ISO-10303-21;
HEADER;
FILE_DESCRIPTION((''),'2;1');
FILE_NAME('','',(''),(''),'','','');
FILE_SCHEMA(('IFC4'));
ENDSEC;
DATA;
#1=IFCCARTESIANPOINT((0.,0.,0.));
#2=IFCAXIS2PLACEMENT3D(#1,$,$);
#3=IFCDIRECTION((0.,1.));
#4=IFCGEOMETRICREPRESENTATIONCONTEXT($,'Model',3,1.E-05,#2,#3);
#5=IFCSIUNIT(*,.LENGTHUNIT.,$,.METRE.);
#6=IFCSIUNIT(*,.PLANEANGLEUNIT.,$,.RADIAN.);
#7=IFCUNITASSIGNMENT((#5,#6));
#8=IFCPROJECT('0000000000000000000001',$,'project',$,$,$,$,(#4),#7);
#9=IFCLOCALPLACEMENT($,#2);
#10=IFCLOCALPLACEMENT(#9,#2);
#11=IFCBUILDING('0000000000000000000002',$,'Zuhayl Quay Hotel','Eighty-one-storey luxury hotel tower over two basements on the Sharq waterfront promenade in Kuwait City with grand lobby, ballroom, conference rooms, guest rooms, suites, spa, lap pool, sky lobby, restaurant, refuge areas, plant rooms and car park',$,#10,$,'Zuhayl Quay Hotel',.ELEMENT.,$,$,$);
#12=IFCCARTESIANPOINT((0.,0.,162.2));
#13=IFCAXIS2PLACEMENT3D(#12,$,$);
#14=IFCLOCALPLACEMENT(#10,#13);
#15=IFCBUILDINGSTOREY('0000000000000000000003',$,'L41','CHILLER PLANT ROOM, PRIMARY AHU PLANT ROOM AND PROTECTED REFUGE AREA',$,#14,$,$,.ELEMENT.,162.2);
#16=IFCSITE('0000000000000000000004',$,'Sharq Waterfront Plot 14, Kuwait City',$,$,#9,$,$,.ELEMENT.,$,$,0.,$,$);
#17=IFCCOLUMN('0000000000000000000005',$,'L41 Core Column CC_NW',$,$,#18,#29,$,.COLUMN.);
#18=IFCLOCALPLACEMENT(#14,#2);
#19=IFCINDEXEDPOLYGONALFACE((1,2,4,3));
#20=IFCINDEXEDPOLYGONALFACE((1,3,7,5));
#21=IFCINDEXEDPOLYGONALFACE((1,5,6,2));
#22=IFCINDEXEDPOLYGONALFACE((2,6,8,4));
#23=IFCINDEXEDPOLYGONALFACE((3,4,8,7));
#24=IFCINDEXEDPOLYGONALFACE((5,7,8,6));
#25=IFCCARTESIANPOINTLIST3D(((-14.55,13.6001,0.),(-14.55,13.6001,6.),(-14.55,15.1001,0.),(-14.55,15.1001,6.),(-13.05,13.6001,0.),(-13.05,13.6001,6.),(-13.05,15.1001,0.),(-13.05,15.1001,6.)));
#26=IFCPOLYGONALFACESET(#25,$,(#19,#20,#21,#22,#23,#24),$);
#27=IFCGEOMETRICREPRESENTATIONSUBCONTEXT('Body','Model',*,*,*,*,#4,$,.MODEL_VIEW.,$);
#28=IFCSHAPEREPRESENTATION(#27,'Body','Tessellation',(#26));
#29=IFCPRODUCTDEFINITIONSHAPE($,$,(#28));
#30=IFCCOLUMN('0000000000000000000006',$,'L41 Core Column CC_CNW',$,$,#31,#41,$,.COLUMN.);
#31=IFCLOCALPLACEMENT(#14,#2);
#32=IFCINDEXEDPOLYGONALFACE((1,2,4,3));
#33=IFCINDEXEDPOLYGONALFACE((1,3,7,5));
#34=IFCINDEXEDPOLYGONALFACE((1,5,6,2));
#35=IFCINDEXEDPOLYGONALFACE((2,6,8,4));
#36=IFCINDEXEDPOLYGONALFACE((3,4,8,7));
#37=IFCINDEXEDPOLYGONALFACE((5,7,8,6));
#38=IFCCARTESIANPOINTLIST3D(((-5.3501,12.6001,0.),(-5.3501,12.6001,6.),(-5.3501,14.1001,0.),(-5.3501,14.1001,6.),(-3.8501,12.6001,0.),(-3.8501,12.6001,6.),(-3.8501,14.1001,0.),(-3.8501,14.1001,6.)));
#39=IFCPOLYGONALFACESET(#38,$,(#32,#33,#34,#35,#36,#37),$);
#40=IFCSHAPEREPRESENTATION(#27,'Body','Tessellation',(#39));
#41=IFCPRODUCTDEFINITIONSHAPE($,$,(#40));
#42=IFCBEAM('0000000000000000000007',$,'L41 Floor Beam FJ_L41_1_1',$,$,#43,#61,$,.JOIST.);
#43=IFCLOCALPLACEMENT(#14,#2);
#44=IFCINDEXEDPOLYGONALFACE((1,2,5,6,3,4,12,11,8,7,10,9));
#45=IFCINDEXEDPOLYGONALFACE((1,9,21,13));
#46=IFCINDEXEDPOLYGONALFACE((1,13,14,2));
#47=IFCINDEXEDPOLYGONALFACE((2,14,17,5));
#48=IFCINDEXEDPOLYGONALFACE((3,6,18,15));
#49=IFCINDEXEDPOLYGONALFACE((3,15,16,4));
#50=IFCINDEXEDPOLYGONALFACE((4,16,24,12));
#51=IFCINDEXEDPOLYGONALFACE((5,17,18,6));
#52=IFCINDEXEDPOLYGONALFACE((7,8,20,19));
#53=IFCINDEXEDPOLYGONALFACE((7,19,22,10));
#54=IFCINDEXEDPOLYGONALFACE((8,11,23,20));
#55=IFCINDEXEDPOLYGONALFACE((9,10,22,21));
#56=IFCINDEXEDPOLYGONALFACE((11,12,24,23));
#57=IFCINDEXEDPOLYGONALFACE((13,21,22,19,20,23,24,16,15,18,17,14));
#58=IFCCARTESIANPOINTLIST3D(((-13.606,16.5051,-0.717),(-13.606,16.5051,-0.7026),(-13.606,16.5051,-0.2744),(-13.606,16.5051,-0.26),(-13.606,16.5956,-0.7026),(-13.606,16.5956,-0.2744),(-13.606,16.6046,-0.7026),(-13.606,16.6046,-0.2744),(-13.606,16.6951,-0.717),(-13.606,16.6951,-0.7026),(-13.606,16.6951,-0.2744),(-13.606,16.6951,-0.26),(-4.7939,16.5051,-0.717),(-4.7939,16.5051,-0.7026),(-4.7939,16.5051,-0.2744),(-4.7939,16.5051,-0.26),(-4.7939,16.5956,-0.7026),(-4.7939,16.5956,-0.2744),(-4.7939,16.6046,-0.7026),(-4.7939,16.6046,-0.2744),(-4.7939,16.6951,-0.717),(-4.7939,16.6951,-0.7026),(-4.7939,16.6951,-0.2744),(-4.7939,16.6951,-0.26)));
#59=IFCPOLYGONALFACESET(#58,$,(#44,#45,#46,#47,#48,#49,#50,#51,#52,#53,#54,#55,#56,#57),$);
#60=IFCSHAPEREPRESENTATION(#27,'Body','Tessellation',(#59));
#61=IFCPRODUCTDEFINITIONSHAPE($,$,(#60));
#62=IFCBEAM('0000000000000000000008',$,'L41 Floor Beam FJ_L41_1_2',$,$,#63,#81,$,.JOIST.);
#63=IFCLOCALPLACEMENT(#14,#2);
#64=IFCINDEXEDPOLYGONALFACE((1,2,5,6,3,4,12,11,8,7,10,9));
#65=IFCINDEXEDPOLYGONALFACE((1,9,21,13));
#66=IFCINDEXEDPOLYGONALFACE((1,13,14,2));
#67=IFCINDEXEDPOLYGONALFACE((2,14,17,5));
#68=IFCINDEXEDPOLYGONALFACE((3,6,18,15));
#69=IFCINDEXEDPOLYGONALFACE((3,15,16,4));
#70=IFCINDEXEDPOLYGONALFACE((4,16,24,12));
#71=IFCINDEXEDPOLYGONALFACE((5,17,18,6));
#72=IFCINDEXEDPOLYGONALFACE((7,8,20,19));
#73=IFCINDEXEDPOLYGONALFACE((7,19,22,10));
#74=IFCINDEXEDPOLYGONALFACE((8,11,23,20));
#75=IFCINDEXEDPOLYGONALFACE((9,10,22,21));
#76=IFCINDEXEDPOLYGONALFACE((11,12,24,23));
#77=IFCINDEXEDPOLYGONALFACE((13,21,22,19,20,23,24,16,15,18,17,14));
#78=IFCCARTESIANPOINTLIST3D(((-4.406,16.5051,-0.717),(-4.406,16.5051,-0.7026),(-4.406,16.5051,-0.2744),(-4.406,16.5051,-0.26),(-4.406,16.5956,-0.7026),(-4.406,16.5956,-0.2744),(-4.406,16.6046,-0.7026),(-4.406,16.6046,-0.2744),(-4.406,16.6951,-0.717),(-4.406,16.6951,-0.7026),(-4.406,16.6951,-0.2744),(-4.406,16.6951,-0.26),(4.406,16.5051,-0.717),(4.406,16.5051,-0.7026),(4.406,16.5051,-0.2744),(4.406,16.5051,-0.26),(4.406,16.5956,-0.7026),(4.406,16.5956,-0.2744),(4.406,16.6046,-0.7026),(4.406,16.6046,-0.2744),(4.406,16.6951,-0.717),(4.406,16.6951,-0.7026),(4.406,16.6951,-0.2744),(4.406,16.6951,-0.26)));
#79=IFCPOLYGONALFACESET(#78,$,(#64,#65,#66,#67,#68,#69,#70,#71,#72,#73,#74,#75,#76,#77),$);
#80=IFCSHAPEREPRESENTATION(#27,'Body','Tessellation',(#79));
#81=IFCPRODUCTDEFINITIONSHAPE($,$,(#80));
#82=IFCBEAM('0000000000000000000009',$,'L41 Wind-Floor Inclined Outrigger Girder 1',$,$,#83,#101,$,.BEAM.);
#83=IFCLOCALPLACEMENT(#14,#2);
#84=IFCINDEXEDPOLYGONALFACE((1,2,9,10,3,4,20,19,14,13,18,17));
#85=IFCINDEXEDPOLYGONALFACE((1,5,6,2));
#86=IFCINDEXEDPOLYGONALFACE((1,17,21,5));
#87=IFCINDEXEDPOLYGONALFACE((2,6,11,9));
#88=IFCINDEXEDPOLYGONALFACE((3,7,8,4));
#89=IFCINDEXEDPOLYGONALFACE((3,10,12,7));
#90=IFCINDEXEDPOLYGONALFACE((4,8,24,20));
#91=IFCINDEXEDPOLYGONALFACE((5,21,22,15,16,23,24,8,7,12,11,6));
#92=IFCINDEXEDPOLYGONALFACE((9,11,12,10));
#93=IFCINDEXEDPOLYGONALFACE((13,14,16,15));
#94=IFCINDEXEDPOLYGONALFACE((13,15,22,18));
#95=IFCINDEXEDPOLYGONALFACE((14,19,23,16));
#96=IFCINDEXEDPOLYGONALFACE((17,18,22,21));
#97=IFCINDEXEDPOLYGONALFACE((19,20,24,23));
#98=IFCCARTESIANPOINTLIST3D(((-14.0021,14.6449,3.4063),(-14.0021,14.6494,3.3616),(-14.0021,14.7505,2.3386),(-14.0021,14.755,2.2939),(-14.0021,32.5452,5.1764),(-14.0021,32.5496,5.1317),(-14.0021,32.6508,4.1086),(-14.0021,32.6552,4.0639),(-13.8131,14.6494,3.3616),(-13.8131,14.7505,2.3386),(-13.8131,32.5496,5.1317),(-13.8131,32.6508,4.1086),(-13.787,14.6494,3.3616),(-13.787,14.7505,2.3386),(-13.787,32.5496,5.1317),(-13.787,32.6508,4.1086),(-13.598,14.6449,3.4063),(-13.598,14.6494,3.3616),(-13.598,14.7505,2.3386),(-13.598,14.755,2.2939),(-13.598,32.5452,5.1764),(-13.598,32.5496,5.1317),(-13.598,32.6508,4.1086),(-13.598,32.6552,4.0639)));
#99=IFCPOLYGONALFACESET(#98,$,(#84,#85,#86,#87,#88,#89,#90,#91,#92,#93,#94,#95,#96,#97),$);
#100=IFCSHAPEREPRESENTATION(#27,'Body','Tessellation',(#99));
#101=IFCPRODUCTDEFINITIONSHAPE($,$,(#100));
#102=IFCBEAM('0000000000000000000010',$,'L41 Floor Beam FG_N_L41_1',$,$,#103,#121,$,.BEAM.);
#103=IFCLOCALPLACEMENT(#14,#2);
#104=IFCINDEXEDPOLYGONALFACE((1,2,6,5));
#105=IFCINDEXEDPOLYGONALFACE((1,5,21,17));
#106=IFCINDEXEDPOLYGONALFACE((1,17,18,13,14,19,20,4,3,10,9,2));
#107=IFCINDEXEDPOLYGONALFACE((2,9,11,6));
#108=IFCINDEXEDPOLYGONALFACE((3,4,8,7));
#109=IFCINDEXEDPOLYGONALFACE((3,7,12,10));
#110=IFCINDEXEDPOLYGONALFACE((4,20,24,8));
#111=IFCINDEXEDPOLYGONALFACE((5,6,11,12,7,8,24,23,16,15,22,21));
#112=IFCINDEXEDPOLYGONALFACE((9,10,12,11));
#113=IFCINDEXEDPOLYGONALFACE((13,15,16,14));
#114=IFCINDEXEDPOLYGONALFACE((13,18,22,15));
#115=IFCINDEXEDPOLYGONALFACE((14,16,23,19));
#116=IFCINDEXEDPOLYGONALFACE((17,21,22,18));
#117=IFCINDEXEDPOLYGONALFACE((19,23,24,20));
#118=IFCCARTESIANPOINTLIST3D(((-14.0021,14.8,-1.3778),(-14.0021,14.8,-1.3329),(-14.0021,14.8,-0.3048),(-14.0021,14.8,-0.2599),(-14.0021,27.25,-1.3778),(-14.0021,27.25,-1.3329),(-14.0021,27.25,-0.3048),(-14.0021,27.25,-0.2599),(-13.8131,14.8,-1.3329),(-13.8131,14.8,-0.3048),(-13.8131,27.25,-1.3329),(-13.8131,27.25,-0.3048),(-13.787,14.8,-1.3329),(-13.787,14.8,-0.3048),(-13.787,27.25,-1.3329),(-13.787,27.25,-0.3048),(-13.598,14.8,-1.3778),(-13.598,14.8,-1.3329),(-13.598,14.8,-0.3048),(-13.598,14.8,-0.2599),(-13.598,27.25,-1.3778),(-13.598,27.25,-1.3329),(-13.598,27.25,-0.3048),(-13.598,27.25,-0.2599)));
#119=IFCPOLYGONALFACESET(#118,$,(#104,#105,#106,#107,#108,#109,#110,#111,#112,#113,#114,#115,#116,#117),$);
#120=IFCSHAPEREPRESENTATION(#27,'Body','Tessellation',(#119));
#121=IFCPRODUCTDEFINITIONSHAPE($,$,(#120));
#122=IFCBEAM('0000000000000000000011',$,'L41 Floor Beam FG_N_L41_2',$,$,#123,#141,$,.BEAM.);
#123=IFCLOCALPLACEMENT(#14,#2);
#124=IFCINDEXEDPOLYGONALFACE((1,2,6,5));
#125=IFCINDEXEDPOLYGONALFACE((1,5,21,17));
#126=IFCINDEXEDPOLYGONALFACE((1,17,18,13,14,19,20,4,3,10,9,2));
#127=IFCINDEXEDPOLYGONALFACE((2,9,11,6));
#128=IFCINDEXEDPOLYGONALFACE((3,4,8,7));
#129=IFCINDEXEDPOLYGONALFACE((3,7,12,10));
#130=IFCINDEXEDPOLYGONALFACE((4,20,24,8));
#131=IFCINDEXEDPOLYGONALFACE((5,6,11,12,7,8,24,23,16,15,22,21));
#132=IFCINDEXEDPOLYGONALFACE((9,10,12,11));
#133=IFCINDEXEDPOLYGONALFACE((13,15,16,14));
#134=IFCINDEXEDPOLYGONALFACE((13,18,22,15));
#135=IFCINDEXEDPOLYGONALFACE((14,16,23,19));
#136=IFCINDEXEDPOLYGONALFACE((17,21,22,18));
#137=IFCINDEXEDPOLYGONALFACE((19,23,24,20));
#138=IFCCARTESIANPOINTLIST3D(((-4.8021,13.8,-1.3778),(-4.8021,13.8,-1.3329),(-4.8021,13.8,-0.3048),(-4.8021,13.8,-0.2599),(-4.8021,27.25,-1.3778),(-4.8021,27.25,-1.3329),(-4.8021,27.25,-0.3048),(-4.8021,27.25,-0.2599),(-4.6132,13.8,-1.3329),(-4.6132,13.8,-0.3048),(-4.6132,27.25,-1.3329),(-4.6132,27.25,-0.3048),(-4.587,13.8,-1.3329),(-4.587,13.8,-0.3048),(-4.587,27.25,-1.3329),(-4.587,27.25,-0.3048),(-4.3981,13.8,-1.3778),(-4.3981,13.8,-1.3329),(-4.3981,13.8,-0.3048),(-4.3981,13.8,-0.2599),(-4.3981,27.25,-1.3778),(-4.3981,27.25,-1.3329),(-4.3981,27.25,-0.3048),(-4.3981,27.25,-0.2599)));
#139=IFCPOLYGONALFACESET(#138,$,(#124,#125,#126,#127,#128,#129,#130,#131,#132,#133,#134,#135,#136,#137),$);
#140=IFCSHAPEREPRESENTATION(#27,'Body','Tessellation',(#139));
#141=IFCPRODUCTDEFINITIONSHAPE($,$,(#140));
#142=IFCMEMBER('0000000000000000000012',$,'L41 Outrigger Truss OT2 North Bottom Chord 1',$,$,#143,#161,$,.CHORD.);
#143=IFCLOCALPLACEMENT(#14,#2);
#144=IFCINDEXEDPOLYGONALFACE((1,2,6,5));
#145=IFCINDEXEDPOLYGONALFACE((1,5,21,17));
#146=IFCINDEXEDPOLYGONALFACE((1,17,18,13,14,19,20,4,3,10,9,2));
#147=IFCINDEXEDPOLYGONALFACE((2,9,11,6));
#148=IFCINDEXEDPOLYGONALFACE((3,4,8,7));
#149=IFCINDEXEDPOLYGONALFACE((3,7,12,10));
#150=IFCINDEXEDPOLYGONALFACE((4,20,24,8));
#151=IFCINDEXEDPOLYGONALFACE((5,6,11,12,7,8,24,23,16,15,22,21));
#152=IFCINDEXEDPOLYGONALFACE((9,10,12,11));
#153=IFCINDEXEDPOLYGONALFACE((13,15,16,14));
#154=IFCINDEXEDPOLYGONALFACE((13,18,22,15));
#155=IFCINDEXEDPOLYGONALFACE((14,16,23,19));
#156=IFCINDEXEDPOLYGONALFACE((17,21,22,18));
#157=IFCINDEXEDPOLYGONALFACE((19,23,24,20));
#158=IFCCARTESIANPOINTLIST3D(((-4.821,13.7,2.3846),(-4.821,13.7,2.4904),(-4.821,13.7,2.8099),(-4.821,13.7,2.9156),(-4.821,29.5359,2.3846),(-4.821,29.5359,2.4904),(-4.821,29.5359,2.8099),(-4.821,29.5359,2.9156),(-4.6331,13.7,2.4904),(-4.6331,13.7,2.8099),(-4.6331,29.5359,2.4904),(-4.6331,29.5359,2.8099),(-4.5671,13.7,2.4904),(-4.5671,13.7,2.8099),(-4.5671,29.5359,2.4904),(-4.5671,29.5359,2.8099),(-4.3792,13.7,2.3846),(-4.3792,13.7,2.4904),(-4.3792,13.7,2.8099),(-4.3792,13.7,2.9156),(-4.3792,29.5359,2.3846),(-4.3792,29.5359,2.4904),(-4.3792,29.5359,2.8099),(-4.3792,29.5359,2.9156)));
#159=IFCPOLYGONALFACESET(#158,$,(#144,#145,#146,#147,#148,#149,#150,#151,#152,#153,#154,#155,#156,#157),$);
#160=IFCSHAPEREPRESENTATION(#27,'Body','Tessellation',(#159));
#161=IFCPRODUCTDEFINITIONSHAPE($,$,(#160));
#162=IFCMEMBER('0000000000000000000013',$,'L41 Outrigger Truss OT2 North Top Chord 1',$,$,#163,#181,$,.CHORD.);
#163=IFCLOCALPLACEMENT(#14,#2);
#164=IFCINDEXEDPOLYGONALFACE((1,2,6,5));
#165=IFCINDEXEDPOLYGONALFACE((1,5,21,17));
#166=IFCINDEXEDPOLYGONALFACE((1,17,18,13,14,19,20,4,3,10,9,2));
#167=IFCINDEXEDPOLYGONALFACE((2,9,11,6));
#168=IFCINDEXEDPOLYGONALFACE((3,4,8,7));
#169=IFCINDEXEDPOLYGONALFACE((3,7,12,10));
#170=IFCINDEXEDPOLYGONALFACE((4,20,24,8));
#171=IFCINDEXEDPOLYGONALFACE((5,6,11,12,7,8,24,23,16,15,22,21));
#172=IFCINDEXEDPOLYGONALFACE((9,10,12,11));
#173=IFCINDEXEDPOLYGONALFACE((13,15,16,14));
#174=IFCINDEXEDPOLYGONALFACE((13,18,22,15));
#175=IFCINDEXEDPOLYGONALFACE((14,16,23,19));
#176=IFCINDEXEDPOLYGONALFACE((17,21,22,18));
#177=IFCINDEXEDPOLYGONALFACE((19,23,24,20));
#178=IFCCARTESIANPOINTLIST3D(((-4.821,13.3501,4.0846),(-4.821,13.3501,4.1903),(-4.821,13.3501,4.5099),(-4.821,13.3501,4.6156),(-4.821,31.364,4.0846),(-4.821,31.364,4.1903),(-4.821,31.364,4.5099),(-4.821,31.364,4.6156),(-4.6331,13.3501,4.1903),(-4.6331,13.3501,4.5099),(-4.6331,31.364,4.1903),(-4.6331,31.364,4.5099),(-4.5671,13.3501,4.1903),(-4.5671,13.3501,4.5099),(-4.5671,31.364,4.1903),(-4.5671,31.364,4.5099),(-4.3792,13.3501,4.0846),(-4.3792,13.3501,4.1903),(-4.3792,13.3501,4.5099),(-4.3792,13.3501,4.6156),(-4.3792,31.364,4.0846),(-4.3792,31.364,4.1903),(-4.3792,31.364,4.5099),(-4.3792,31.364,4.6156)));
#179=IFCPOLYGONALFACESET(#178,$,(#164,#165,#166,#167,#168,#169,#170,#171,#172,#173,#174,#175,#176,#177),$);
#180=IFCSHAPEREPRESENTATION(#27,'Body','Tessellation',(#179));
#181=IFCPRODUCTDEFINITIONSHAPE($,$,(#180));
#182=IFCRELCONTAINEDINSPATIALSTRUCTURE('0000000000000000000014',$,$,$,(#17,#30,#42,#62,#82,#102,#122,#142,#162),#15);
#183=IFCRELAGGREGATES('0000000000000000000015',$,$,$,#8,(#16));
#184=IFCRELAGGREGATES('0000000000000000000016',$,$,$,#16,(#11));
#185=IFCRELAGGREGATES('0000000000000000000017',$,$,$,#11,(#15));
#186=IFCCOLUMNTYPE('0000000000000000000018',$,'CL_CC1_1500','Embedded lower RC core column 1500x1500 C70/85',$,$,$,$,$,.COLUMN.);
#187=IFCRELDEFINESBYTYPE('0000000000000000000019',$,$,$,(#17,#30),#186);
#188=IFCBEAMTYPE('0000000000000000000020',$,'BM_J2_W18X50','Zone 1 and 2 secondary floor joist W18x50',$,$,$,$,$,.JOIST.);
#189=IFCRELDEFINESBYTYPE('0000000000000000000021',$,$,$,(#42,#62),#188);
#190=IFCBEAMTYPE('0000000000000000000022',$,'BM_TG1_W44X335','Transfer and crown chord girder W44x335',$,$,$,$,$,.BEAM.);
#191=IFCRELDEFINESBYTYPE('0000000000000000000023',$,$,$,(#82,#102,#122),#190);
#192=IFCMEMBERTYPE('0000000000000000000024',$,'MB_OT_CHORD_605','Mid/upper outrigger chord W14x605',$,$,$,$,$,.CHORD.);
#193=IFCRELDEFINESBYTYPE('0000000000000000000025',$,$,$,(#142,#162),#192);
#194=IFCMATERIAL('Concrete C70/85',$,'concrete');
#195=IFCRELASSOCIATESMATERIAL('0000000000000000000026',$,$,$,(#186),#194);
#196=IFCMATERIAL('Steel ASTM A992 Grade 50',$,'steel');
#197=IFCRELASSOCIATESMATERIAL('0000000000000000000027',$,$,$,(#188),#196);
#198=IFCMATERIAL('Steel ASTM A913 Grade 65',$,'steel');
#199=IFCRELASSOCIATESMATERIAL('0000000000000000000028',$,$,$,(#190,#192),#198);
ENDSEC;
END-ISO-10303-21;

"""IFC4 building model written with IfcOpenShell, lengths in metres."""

from ifc_helpers import new_model, si_unit, direction, frame, origin, origin_2d, place, context, subcontext, project, spatial, rectangle, i_section, extrude, material, material_profile, profile_set, type_object, element, save


model = new_model("IFC4")

# Units and contexts
model_context = context("Model", 3, precision=1e-05, world=origin(), true_north=direction((0.0, 1.0)))
body_context = subcontext(model_context, "Body", "Model", "MODEL_VIEW")
ifc_project = project(units=[si_unit("LENGTHUNIT", "METRE"), si_unit("PLANEANGLEUNIT", "RADIAN")], contexts=[model_context])

# Site, building, storey
site_placement = place(None, origin())
site = spatial("IfcSite", under=ifc_project, at=site_placement, Name="Sharq Waterfront Plot 14, Kuwait City", CompositionType="ELEMENT", RefElevation=0.0)
building_placement = place(site_placement, origin())
building = spatial("IfcBuilding", under=site, at=building_placement, Name="Zuhayl Quay Hotel", Description="Eighty-one-storey luxury hotel tower over two basements on the Sharq waterfront promenade in Kuwait City with grand lobby, ballroom, conference rooms, guest rooms, suites, spa, lap pool, sky lobby, restaurant, refuge areas, plant rooms and car park", LongName="Zuhayl Quay Hotel", CompositionType="ELEMENT")
storey_placement = place(building_placement, frame((0.0, 0.0, 162.2)))
storey = spatial("IfcBuildingStorey", under=building, at=storey_placement, Name="L41", Description="CHILLER PLANT ROOM, PRIMARY AHU PLANT ROOM AND PROTECTED REFUGE AREA", CompositionType="ELEMENT", Elevation=162.2)

# Columns
ifc_material_1 = material(Name="Concrete C70/85", Category="concrete")
ifc_material_profile_1 = material_profile(ifc_material_1, rectangle(XDim=1.5, YDim=1.5, at=origin_2d()), Name="RC1500X1500")
ifc_profile_set_1 = profile_set([ifc_material_profile_1], Name="Concrete C70/85")
column_type = type_object("IfcColumnType", Name="CL_CC1_1500", Description="Embedded lower RC core column 1500x1500 C70/85", PredefinedType="COLUMN", material=ifc_profile_set_1)
for number, where, z_axis, x_axis, name in (
    (1, (-13.8, 14.3501, 0.0), (0.0, 0.0, 1.0), (1.0, 0.0, 0.0), "L41 Core Column CC_NW"),
    (2, (-4.6001, 13.3501, 0.0), (0.0, 0.0, 1.0), (1.0, 0.0, 0.0), "L41 Core Column CC_CNW"),
):
    element("IfcColumn", number, at=place(storey_placement, frame(where, z_axis=z_axis, x_axis=x_axis)), inside=storey, type_object=column_type, Name=name, PredefinedType="COLUMN", context=body_context, shape_type="SweptSolid", body=[
        extrude(rectangle(XDim=1.5, YDim=1.5, at=origin_2d()), origin(), (0.0, 0.0, 1.0), 6.0),
    ])

# Beams
ifc_material_2 = material(Name="Steel ASTM A992 Grade 50", Category="steel")
ifc_material_profile_2 = material_profile(ifc_material_2, i_section(OverallWidth=0.1899, OverallDepth=0.457, WebThickness=0.009, FlangeThickness=0.0144, at=origin_2d()), Name="W18X50")
ifc_profile_set_2 = profile_set([ifc_material_profile_2], Name="Steel ASTM A992 Grade 50")
beam_type_1 = type_object("IfcBeamType", Name="BM_J2_W18X50", Description="Zone 1 and 2 secondary floor joist W18x50", PredefinedType="JOIST", material=ifc_profile_set_2)
for number, where, z_axis, x_axis, name in (
    (3, (-13.606, 16.6001, -0.4885), (1.0, 0.0, 0.0), (0.0, 1.0, 0.0), "L41 Floor Beam FJ_L41_1_1"),
    (4, (-4.406, 16.6001, -0.4885), (1.0, 0.0, 0.0), (0.0, 1.0, 0.0), "L41 Floor Beam FJ_L41_1_2"),
):
    element("IfcBeam", number, at=place(storey_placement, frame(where, z_axis=z_axis, x_axis=x_axis)), inside=storey, type_object=beam_type_1, Name=name, PredefinedType="JOIST", context=body_context, shape_type="SweptSolid", body=[
        extrude(i_section(OverallWidth=0.1899, OverallDepth=0.457, WebThickness=0.009, FlangeThickness=0.0144, at=origin_2d()), origin(), (0.0, 0.0, 1.0), 8.812),
    ])
ifc_material_3 = material(Name="Steel ASTM A913 Grade 65", Category="steel")
ifc_material_profile_3 = material_profile(ifc_material_3, i_section(OverallWidth=0.4041, OverallDepth=1.1179, WebThickness=0.0261, FlangeThickness=0.0449, at=origin_2d()), Name="W44X335")
ifc_profile_set_3 = profile_set([ifc_material_profile_3], Name="Steel ASTM A913 Grade 65")
beam_type_2 = type_object("IfcBeamType", Name="BM_TG1_W44X335", Description="Transfer and crown chord girder W44x335", PredefinedType="BEAM", material=ifc_profile_set_3)
beam_1_placement = place(storey_placement, frame((-13.8, 14.7, 2.8501), z_axis=(0.0, 0.995147, 0.098403), x_axis=(-1.0, 0.0, 0.0)))
element("IfcBeam", 5, at=beam_1_placement, inside=storey, type_object=beam_type_2, Name="L41 Wind-Floor Inclined Outrigger Girder 1", PredefinedType="BEAM", context=body_context, shape_type="SweptSolid", body=[
    extrude(i_section(OverallWidth=0.4041, OverallDepth=1.1179, WebThickness=0.0261, FlangeThickness=0.0449, at=origin_2d()), origin(), (0.0, 0.0, 1.0), 17.9875),
])
beam_2_placement = place(storey_placement, frame((-13.8, 14.8, -0.8188), z_axis=(0.0, 1.0, 0.0), x_axis=(-1.0, 0.0, 0.0)))
element("IfcBeam", 6, at=beam_2_placement, inside=storey, type_object=beam_type_2, Name="L41 Floor Beam FG_N_L41_1", PredefinedType="BEAM", context=body_context, shape_type="SweptSolid", body=[
    extrude(i_section(OverallWidth=0.4041, OverallDepth=1.1179, WebThickness=0.0261, FlangeThickness=0.0449, at=origin_2d()), origin(), (0.0, 0.0, 1.0), 12.45),
])
beam_3_placement = place(storey_placement, frame((-4.6001, 13.8, -0.8188), z_axis=(0.0, 1.0, 0.0), x_axis=(-1.0, 0.0, 0.0)))
element("IfcBeam", 7, at=beam_3_placement, inside=storey, type_object=beam_type_2, Name="L41 Floor Beam FG_N_L41_2", PredefinedType="BEAM", context=body_context, shape_type="SweptSolid", body=[
    extrude(i_section(OverallWidth=0.4041, OverallDepth=1.1179, WebThickness=0.0261, FlangeThickness=0.0449, at=origin_2d()), origin(), (0.0, 0.0, 1.0), 13.45),
])

# Members
ifc_material_profile_4 = material_profile(ifc_material_3, i_section(OverallWidth=0.4419, OverallDepth=0.531, WebThickness=0.0659, FlangeThickness=0.1057, at=origin_2d()), Name="W14X605")
ifc_profile_set_4 = profile_set([ifc_material_profile_4], Name="Steel ASTM A913 Grade 65")
member_type_1 = type_object("IfcMemberType", Name="MB_OT_CHORD_605", Description="Mid/upper outrigger chord W14x605", PredefinedType="CHORD", material=ifc_profile_set_4)
member_1_placement = place(storey_placement, frame((-4.6001, 13.7, 2.6501), z_axis=(0.0, 1.0, 0.0), x_axis=(-1.0, 0.0, 0.0)))
element("IfcMember", 8, at=member_1_placement, inside=storey, type_object=member_type_1, Name="L41 Outrigger Truss OT2 North Bottom Chord 1", PredefinedType="CHORD", context=body_context, shape_type="SweptSolid", body=[
    extrude(i_section(OverallWidth=0.4419, OverallDepth=0.531, WebThickness=0.0659, FlangeThickness=0.1057, at=origin_2d()), origin(), (0.0, 0.0, 1.0), 15.8359),
])
member_2_placement = place(storey_placement, frame((-4.6001, 13.3501, 4.3501), z_axis=(0.0, 1.0, 0.0), x_axis=(-1.0, 0.0, 0.0)))
element("IfcMember", 9, at=member_2_placement, inside=storey, type_object=member_type_1, Name="L41 Outrigger Truss OT2 North Top Chord 1", PredefinedType="CHORD", context=body_context, shape_type="SweptSolid", body=[
    extrude(i_section(OverallWidth=0.4419, OverallDepth=0.531, WebThickness=0.0659, FlangeThickness=0.1057, at=origin_2d()), origin(), (0.0, 0.0, 1.0), 18.0139),
])

save(model, "model.ifc")
